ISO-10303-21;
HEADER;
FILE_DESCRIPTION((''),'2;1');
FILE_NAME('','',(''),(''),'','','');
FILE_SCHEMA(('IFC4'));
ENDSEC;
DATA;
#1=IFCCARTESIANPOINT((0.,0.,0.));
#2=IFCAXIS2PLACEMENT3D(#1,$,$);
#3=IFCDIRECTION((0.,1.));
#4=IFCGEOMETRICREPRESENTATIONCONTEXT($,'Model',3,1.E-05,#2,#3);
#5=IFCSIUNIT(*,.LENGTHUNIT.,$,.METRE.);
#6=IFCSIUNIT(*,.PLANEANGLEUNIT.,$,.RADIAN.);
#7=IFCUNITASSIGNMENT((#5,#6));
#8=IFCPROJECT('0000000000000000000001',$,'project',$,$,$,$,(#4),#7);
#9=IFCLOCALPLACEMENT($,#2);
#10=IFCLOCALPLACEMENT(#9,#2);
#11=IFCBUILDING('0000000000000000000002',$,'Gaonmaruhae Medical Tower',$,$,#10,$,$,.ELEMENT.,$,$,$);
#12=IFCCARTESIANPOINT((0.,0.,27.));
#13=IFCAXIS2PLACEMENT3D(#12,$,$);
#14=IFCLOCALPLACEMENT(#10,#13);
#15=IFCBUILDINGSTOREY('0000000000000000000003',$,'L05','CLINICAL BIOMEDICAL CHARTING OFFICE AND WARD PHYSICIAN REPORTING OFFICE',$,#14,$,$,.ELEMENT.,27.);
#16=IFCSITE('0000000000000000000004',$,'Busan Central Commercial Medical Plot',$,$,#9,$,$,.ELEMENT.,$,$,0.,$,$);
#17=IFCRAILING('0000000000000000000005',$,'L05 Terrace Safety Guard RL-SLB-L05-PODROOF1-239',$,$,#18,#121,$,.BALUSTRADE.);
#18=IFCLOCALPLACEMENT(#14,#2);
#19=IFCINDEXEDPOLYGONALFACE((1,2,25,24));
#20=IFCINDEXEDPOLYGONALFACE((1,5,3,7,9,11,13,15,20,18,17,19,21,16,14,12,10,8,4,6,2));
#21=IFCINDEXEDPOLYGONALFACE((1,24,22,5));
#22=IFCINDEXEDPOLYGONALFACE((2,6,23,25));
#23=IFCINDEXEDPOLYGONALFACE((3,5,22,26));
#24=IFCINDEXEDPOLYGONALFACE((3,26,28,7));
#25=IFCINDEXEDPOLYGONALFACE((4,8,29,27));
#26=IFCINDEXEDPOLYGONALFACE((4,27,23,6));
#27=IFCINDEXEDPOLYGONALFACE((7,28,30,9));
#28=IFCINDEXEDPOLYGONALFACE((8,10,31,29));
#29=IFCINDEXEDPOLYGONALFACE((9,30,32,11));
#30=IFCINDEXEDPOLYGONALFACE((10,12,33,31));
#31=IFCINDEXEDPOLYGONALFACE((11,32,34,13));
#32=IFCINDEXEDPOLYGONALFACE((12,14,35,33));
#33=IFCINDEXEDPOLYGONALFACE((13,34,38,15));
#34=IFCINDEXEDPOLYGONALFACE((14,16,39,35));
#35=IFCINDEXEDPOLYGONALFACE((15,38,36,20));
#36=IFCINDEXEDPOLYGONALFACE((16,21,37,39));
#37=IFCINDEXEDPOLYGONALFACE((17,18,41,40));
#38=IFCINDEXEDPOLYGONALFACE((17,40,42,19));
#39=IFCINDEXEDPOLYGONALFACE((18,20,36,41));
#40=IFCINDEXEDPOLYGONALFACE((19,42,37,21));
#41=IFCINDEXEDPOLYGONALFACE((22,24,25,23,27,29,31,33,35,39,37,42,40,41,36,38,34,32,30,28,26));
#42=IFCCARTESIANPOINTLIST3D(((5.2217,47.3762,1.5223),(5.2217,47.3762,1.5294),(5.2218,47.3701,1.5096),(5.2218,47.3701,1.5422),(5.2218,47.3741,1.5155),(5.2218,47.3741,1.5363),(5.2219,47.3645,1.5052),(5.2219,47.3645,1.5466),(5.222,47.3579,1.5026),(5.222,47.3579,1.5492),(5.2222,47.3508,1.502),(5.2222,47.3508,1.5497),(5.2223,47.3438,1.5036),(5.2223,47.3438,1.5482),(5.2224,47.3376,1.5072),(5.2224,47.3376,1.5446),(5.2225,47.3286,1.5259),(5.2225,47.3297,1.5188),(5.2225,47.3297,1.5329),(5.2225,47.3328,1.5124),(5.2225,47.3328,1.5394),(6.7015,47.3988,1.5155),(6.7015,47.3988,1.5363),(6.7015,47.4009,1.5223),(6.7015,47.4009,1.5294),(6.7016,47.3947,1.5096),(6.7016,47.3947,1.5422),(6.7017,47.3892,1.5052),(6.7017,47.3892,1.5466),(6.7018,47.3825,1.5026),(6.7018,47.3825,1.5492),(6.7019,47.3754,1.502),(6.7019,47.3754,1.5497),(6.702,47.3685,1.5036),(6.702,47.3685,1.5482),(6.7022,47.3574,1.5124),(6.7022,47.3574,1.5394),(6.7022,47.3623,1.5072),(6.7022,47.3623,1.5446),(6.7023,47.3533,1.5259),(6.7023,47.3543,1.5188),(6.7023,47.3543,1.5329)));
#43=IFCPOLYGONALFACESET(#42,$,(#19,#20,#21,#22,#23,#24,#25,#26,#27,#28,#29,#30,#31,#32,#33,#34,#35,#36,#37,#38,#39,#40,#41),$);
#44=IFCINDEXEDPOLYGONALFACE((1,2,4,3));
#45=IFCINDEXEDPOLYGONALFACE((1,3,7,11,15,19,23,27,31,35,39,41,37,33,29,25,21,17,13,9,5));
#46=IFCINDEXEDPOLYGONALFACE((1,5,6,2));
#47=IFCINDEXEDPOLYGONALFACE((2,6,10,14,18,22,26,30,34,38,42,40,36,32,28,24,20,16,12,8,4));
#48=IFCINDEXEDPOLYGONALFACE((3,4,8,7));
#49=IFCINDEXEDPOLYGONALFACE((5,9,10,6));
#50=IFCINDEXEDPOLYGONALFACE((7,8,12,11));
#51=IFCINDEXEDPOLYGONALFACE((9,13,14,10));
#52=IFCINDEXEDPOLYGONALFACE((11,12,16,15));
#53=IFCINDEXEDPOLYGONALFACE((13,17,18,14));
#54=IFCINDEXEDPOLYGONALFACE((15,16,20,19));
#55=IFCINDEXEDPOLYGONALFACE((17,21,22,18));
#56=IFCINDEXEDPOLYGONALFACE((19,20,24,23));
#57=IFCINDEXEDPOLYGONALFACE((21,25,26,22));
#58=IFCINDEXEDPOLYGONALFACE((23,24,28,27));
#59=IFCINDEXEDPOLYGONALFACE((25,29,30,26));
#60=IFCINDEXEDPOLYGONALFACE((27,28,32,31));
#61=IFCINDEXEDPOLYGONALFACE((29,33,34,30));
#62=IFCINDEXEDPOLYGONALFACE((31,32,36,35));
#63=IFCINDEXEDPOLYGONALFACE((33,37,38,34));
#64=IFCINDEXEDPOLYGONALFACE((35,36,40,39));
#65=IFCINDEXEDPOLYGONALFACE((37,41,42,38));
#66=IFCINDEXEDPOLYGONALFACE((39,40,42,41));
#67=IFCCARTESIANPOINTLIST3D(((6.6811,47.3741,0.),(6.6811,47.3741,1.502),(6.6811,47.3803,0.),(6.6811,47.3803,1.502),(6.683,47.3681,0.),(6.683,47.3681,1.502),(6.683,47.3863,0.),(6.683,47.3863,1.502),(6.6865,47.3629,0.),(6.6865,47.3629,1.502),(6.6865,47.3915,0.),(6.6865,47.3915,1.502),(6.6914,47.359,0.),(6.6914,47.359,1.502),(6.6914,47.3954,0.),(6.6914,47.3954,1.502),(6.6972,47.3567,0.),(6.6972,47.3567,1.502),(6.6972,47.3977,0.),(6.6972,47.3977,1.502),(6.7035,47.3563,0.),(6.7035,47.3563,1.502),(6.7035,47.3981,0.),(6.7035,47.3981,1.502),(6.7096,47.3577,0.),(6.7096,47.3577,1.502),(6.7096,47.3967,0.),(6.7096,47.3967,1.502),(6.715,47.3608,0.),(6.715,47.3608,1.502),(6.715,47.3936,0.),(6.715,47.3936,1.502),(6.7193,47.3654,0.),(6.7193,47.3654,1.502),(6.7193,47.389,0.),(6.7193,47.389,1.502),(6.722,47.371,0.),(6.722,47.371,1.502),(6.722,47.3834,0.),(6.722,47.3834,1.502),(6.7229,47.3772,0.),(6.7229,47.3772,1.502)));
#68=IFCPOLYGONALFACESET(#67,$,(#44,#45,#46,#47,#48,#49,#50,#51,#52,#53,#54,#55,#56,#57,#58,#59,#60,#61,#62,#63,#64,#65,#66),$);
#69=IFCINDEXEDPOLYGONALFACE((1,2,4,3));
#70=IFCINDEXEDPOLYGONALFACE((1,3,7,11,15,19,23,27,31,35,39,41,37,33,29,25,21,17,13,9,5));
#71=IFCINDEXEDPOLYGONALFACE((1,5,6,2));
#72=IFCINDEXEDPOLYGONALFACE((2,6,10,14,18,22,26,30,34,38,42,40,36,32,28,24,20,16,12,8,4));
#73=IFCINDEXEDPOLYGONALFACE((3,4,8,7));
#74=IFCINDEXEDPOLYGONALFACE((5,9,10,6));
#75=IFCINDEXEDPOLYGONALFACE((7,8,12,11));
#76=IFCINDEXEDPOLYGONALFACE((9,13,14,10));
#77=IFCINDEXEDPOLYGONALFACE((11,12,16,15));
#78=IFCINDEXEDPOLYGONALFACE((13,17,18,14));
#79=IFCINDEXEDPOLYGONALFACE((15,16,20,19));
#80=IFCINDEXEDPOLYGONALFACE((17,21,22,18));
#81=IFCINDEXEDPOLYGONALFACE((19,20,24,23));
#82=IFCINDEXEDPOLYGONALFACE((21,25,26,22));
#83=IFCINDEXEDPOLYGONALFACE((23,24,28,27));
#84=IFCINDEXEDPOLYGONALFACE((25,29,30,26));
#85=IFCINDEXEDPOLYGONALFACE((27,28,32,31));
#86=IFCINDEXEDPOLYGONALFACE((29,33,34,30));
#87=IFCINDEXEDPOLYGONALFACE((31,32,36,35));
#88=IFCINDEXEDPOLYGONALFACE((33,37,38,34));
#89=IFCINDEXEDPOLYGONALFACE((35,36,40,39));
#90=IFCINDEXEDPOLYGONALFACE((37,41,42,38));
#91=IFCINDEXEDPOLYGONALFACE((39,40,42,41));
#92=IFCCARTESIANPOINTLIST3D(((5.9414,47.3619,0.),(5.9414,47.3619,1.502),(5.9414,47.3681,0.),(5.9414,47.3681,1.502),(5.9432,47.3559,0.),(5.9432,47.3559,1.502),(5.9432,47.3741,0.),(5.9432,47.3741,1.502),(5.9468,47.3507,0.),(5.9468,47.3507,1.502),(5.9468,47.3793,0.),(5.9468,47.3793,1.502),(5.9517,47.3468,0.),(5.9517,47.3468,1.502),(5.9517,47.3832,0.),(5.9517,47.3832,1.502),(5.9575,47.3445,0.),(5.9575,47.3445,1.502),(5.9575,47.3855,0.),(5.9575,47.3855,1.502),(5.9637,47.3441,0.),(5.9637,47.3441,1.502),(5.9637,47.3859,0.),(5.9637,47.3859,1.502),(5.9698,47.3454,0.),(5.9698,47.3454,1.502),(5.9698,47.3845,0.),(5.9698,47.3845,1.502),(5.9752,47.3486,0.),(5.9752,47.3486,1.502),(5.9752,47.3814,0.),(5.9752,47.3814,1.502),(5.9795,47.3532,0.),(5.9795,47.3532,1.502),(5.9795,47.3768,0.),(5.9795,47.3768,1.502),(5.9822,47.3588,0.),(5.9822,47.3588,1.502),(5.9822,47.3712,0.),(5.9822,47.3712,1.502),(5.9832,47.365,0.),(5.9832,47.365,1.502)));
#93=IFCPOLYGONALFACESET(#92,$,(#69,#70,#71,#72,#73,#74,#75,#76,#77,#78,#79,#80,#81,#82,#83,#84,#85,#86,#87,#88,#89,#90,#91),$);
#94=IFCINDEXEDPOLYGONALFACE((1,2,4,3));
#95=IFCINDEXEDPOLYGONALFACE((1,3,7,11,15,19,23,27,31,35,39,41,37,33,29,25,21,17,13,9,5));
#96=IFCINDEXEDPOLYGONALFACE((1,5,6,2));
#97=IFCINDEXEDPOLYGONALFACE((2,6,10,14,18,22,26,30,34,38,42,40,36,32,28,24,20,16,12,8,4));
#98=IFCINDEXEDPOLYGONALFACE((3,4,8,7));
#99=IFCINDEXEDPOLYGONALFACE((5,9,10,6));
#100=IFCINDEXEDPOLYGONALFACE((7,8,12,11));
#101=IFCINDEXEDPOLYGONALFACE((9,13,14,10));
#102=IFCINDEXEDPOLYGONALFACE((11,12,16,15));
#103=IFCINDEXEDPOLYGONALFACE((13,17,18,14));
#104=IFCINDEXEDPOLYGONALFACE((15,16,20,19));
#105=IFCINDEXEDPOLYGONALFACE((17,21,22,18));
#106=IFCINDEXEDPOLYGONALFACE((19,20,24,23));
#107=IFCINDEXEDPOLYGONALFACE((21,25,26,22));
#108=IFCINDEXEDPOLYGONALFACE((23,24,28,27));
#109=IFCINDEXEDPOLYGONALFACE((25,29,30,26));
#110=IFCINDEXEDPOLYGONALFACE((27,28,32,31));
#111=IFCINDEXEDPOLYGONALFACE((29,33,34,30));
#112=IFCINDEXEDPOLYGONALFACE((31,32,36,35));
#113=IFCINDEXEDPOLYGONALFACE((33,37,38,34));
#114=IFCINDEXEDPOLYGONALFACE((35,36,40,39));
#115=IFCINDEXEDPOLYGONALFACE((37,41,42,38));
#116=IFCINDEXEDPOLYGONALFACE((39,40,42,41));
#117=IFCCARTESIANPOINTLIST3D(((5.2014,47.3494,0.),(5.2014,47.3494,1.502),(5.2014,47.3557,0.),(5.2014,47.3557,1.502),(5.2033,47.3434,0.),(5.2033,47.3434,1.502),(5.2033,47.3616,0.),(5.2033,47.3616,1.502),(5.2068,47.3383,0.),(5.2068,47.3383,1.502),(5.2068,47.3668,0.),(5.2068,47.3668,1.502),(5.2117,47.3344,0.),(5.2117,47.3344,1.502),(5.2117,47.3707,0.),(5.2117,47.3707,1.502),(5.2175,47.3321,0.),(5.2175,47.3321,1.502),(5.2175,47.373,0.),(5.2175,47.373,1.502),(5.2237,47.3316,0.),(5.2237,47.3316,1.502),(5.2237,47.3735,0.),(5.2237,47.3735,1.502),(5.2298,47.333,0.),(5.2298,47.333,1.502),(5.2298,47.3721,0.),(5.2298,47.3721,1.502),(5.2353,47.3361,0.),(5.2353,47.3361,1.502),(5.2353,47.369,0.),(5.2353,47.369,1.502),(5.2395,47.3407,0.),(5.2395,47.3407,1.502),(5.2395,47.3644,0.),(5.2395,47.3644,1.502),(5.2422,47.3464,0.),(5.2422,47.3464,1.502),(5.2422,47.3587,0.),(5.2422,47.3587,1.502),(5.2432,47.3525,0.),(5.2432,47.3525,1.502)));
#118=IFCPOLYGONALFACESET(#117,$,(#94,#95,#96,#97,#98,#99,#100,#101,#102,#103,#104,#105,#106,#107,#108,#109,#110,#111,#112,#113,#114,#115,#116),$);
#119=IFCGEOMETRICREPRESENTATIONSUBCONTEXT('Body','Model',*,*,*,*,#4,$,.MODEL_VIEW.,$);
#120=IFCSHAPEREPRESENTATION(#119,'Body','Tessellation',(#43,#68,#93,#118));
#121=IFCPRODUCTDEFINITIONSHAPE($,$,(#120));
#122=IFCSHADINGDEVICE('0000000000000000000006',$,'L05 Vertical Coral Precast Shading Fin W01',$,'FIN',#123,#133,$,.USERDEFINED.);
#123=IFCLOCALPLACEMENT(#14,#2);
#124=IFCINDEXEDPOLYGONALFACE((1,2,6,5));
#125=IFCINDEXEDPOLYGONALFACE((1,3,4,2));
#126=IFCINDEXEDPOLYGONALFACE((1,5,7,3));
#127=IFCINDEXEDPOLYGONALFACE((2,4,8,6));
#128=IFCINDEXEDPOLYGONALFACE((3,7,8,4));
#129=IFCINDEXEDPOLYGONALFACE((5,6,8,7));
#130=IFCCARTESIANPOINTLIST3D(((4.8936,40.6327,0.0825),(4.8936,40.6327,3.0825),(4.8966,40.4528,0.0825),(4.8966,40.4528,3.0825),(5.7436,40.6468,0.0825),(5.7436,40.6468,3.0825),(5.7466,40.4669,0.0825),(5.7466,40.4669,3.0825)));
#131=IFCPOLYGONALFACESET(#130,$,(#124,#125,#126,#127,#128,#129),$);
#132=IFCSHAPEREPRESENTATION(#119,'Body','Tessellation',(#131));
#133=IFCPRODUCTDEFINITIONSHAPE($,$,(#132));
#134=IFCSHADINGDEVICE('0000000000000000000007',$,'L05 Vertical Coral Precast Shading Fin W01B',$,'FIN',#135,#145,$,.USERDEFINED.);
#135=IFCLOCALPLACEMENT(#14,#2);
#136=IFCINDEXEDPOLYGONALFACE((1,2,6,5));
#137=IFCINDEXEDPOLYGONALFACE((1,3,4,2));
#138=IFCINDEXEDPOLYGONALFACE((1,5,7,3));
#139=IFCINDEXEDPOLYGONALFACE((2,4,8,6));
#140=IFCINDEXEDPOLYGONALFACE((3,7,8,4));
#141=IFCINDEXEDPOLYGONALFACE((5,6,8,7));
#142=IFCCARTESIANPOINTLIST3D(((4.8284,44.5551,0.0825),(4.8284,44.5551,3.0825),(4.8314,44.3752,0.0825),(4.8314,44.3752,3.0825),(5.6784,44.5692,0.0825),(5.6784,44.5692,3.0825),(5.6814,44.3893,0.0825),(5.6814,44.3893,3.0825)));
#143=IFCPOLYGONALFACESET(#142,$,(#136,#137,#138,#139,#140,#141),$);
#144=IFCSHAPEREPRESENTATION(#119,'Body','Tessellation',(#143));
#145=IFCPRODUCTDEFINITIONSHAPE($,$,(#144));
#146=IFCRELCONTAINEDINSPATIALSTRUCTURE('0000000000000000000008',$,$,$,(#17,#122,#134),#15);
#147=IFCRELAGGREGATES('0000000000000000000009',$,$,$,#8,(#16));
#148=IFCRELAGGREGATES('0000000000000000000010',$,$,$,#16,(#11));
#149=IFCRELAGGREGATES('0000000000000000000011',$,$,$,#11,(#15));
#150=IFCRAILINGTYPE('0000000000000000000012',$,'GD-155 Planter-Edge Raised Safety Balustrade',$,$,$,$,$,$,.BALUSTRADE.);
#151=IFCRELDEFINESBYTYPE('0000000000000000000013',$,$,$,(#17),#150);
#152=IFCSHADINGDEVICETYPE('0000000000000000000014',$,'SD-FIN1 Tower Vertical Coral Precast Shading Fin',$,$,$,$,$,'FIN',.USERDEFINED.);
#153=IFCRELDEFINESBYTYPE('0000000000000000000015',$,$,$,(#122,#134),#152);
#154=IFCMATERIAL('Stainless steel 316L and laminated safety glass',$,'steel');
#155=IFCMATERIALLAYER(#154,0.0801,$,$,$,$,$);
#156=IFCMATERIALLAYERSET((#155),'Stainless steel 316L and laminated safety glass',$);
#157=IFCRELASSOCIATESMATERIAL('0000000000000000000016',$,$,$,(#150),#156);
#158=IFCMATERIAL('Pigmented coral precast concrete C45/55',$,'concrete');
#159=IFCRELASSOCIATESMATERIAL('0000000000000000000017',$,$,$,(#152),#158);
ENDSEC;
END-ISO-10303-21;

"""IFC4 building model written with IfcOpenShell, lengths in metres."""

from ifc_helpers import new_model, si_unit, direction, frame, origin, origin_2d, place, context, subcontext, project, spatial, rectangle, circle, extrude, material, layer, layer_set, type_object, element, save


model = new_model("IFC4")

# Units and contexts
model_context = context("Model", 3, precision=1e-05, world=origin(), true_north=direction((0.0, 1.0)))
body_context = subcontext(model_context, "Body", "Model", "MODEL_VIEW")
ifc_project = project(units=[si_unit("LENGTHUNIT", "METRE"), si_unit("PLANEANGLEUNIT", "RADIAN")], contexts=[model_context])

# Site, building, storey
site_placement = place(None, origin())
site = spatial("IfcSite", under=ifc_project, at=site_placement, Name="Busan Central Commercial Medical Plot", CompositionType="ELEMENT", RefElevation=0.0)
building_placement = place(site_placement, origin())
building = spatial("IfcBuilding", under=site, at=building_placement, Name="Gaonmaruhae Medical Tower", CompositionType="ELEMENT")
storey_placement = place(building_placement, frame((0.0, 0.0, 27.0)))
storey = spatial("IfcBuildingStorey", under=building, at=storey_placement, Name="L05", Description="CLINICAL BIOMEDICAL CHARTING OFFICE AND WARD PHYSICIAN REPORTING OFFICE", CompositionType="ELEMENT", Elevation=27.0)

# Railing
ifc_material_1 = material(Name="Stainless steel 316L and laminated safety glass", Category="steel")
ifc_layer_1 = layer(ifc_material_1, 0.0801)
ifc_layer_set_1 = layer_set([ifc_layer_1], Name="Stainless steel 316L and laminated safety glass")
railing_type = type_object("IfcRailingType", Name="GD-155 Planter-Edge Raised Safety Balustrade", PredefinedType="BALUSTRADE", material=ifc_layer_set_1)
railing_1_placement = place(storey_placement, frame((6.7019, 47.3772, 0.0)))
element("IfcRailing", 1, at=railing_1_placement, inside=storey, type_object=railing_type, Name="L05 Terrace Safety Guard RL-SLB-L05-PODROOF1-239", PredefinedType="BALUSTRADE", context=body_context, shape_type="SweptSolid", body=[
    extrude(circle(Radius=0.0239, at=origin_2d()), frame((0.0, 0.0, 1.5259), z_axis=(-0.999861, -0.016662, 0.0), x_axis=(0.016662, -0.999861, 0.0)), (0.0, 0.0, 1.0), 1.48),
    extrude(circle(Radius=0.021, at=origin_2d()), origin(), (0.0, 0.0, 1.0), 1.502),
    extrude(circle(Radius=0.021, at=origin_2d()), frame((-0.7397, -0.0122, 0.0)), (0.0, 0.0, 1.0), 1.502),
    extrude(circle(Radius=0.021, at=origin_2d()), frame((-1.4797, -0.0247, 0.0)), (0.0, 0.0, 1.0), 1.502),
])

# Shading devices
ifc_material_2 = material(Name="Pigmented coral precast concrete C45/55", Category="concrete")
shading_device_type = type_object("IfcShadingDeviceType", Name="SD-FIN1 Tower Vertical Coral Precast Shading Fin", ElementType="FIN", PredefinedType="USERDEFINED", material=ifc_material_2)
for number, where, z_axis, x_axis, name in (
    (2, (5.3201, 40.5498, 0.0825), (0.0, 0.0, 1.0), (-0.01658, 0.999863, 0.0), "L05 Vertical Coral Precast Shading Fin W01"),
    (3, (5.2549, 44.4722, 0.0825), (0.0, 0.0, 1.0), (-0.01658, 0.999863, 0.0), "L05 Vertical Coral Precast Shading Fin W01B"),
):
    element("IfcShadingDevice", number, at=place(storey_placement, frame(where, z_axis=z_axis, x_axis=x_axis)), inside=storey, type_object=shading_device_type, Name=name, ObjectType="FIN", PredefinedType="USERDEFINED", context=body_context, shape_type="SweptSolid", body=[
        extrude(rectangle(XDim=0.1799, YDim=0.8501, at=origin_2d()), origin(), (0.0, 0.0, 1.0), 3.0),
    ])

save(model, "model.ifc")
